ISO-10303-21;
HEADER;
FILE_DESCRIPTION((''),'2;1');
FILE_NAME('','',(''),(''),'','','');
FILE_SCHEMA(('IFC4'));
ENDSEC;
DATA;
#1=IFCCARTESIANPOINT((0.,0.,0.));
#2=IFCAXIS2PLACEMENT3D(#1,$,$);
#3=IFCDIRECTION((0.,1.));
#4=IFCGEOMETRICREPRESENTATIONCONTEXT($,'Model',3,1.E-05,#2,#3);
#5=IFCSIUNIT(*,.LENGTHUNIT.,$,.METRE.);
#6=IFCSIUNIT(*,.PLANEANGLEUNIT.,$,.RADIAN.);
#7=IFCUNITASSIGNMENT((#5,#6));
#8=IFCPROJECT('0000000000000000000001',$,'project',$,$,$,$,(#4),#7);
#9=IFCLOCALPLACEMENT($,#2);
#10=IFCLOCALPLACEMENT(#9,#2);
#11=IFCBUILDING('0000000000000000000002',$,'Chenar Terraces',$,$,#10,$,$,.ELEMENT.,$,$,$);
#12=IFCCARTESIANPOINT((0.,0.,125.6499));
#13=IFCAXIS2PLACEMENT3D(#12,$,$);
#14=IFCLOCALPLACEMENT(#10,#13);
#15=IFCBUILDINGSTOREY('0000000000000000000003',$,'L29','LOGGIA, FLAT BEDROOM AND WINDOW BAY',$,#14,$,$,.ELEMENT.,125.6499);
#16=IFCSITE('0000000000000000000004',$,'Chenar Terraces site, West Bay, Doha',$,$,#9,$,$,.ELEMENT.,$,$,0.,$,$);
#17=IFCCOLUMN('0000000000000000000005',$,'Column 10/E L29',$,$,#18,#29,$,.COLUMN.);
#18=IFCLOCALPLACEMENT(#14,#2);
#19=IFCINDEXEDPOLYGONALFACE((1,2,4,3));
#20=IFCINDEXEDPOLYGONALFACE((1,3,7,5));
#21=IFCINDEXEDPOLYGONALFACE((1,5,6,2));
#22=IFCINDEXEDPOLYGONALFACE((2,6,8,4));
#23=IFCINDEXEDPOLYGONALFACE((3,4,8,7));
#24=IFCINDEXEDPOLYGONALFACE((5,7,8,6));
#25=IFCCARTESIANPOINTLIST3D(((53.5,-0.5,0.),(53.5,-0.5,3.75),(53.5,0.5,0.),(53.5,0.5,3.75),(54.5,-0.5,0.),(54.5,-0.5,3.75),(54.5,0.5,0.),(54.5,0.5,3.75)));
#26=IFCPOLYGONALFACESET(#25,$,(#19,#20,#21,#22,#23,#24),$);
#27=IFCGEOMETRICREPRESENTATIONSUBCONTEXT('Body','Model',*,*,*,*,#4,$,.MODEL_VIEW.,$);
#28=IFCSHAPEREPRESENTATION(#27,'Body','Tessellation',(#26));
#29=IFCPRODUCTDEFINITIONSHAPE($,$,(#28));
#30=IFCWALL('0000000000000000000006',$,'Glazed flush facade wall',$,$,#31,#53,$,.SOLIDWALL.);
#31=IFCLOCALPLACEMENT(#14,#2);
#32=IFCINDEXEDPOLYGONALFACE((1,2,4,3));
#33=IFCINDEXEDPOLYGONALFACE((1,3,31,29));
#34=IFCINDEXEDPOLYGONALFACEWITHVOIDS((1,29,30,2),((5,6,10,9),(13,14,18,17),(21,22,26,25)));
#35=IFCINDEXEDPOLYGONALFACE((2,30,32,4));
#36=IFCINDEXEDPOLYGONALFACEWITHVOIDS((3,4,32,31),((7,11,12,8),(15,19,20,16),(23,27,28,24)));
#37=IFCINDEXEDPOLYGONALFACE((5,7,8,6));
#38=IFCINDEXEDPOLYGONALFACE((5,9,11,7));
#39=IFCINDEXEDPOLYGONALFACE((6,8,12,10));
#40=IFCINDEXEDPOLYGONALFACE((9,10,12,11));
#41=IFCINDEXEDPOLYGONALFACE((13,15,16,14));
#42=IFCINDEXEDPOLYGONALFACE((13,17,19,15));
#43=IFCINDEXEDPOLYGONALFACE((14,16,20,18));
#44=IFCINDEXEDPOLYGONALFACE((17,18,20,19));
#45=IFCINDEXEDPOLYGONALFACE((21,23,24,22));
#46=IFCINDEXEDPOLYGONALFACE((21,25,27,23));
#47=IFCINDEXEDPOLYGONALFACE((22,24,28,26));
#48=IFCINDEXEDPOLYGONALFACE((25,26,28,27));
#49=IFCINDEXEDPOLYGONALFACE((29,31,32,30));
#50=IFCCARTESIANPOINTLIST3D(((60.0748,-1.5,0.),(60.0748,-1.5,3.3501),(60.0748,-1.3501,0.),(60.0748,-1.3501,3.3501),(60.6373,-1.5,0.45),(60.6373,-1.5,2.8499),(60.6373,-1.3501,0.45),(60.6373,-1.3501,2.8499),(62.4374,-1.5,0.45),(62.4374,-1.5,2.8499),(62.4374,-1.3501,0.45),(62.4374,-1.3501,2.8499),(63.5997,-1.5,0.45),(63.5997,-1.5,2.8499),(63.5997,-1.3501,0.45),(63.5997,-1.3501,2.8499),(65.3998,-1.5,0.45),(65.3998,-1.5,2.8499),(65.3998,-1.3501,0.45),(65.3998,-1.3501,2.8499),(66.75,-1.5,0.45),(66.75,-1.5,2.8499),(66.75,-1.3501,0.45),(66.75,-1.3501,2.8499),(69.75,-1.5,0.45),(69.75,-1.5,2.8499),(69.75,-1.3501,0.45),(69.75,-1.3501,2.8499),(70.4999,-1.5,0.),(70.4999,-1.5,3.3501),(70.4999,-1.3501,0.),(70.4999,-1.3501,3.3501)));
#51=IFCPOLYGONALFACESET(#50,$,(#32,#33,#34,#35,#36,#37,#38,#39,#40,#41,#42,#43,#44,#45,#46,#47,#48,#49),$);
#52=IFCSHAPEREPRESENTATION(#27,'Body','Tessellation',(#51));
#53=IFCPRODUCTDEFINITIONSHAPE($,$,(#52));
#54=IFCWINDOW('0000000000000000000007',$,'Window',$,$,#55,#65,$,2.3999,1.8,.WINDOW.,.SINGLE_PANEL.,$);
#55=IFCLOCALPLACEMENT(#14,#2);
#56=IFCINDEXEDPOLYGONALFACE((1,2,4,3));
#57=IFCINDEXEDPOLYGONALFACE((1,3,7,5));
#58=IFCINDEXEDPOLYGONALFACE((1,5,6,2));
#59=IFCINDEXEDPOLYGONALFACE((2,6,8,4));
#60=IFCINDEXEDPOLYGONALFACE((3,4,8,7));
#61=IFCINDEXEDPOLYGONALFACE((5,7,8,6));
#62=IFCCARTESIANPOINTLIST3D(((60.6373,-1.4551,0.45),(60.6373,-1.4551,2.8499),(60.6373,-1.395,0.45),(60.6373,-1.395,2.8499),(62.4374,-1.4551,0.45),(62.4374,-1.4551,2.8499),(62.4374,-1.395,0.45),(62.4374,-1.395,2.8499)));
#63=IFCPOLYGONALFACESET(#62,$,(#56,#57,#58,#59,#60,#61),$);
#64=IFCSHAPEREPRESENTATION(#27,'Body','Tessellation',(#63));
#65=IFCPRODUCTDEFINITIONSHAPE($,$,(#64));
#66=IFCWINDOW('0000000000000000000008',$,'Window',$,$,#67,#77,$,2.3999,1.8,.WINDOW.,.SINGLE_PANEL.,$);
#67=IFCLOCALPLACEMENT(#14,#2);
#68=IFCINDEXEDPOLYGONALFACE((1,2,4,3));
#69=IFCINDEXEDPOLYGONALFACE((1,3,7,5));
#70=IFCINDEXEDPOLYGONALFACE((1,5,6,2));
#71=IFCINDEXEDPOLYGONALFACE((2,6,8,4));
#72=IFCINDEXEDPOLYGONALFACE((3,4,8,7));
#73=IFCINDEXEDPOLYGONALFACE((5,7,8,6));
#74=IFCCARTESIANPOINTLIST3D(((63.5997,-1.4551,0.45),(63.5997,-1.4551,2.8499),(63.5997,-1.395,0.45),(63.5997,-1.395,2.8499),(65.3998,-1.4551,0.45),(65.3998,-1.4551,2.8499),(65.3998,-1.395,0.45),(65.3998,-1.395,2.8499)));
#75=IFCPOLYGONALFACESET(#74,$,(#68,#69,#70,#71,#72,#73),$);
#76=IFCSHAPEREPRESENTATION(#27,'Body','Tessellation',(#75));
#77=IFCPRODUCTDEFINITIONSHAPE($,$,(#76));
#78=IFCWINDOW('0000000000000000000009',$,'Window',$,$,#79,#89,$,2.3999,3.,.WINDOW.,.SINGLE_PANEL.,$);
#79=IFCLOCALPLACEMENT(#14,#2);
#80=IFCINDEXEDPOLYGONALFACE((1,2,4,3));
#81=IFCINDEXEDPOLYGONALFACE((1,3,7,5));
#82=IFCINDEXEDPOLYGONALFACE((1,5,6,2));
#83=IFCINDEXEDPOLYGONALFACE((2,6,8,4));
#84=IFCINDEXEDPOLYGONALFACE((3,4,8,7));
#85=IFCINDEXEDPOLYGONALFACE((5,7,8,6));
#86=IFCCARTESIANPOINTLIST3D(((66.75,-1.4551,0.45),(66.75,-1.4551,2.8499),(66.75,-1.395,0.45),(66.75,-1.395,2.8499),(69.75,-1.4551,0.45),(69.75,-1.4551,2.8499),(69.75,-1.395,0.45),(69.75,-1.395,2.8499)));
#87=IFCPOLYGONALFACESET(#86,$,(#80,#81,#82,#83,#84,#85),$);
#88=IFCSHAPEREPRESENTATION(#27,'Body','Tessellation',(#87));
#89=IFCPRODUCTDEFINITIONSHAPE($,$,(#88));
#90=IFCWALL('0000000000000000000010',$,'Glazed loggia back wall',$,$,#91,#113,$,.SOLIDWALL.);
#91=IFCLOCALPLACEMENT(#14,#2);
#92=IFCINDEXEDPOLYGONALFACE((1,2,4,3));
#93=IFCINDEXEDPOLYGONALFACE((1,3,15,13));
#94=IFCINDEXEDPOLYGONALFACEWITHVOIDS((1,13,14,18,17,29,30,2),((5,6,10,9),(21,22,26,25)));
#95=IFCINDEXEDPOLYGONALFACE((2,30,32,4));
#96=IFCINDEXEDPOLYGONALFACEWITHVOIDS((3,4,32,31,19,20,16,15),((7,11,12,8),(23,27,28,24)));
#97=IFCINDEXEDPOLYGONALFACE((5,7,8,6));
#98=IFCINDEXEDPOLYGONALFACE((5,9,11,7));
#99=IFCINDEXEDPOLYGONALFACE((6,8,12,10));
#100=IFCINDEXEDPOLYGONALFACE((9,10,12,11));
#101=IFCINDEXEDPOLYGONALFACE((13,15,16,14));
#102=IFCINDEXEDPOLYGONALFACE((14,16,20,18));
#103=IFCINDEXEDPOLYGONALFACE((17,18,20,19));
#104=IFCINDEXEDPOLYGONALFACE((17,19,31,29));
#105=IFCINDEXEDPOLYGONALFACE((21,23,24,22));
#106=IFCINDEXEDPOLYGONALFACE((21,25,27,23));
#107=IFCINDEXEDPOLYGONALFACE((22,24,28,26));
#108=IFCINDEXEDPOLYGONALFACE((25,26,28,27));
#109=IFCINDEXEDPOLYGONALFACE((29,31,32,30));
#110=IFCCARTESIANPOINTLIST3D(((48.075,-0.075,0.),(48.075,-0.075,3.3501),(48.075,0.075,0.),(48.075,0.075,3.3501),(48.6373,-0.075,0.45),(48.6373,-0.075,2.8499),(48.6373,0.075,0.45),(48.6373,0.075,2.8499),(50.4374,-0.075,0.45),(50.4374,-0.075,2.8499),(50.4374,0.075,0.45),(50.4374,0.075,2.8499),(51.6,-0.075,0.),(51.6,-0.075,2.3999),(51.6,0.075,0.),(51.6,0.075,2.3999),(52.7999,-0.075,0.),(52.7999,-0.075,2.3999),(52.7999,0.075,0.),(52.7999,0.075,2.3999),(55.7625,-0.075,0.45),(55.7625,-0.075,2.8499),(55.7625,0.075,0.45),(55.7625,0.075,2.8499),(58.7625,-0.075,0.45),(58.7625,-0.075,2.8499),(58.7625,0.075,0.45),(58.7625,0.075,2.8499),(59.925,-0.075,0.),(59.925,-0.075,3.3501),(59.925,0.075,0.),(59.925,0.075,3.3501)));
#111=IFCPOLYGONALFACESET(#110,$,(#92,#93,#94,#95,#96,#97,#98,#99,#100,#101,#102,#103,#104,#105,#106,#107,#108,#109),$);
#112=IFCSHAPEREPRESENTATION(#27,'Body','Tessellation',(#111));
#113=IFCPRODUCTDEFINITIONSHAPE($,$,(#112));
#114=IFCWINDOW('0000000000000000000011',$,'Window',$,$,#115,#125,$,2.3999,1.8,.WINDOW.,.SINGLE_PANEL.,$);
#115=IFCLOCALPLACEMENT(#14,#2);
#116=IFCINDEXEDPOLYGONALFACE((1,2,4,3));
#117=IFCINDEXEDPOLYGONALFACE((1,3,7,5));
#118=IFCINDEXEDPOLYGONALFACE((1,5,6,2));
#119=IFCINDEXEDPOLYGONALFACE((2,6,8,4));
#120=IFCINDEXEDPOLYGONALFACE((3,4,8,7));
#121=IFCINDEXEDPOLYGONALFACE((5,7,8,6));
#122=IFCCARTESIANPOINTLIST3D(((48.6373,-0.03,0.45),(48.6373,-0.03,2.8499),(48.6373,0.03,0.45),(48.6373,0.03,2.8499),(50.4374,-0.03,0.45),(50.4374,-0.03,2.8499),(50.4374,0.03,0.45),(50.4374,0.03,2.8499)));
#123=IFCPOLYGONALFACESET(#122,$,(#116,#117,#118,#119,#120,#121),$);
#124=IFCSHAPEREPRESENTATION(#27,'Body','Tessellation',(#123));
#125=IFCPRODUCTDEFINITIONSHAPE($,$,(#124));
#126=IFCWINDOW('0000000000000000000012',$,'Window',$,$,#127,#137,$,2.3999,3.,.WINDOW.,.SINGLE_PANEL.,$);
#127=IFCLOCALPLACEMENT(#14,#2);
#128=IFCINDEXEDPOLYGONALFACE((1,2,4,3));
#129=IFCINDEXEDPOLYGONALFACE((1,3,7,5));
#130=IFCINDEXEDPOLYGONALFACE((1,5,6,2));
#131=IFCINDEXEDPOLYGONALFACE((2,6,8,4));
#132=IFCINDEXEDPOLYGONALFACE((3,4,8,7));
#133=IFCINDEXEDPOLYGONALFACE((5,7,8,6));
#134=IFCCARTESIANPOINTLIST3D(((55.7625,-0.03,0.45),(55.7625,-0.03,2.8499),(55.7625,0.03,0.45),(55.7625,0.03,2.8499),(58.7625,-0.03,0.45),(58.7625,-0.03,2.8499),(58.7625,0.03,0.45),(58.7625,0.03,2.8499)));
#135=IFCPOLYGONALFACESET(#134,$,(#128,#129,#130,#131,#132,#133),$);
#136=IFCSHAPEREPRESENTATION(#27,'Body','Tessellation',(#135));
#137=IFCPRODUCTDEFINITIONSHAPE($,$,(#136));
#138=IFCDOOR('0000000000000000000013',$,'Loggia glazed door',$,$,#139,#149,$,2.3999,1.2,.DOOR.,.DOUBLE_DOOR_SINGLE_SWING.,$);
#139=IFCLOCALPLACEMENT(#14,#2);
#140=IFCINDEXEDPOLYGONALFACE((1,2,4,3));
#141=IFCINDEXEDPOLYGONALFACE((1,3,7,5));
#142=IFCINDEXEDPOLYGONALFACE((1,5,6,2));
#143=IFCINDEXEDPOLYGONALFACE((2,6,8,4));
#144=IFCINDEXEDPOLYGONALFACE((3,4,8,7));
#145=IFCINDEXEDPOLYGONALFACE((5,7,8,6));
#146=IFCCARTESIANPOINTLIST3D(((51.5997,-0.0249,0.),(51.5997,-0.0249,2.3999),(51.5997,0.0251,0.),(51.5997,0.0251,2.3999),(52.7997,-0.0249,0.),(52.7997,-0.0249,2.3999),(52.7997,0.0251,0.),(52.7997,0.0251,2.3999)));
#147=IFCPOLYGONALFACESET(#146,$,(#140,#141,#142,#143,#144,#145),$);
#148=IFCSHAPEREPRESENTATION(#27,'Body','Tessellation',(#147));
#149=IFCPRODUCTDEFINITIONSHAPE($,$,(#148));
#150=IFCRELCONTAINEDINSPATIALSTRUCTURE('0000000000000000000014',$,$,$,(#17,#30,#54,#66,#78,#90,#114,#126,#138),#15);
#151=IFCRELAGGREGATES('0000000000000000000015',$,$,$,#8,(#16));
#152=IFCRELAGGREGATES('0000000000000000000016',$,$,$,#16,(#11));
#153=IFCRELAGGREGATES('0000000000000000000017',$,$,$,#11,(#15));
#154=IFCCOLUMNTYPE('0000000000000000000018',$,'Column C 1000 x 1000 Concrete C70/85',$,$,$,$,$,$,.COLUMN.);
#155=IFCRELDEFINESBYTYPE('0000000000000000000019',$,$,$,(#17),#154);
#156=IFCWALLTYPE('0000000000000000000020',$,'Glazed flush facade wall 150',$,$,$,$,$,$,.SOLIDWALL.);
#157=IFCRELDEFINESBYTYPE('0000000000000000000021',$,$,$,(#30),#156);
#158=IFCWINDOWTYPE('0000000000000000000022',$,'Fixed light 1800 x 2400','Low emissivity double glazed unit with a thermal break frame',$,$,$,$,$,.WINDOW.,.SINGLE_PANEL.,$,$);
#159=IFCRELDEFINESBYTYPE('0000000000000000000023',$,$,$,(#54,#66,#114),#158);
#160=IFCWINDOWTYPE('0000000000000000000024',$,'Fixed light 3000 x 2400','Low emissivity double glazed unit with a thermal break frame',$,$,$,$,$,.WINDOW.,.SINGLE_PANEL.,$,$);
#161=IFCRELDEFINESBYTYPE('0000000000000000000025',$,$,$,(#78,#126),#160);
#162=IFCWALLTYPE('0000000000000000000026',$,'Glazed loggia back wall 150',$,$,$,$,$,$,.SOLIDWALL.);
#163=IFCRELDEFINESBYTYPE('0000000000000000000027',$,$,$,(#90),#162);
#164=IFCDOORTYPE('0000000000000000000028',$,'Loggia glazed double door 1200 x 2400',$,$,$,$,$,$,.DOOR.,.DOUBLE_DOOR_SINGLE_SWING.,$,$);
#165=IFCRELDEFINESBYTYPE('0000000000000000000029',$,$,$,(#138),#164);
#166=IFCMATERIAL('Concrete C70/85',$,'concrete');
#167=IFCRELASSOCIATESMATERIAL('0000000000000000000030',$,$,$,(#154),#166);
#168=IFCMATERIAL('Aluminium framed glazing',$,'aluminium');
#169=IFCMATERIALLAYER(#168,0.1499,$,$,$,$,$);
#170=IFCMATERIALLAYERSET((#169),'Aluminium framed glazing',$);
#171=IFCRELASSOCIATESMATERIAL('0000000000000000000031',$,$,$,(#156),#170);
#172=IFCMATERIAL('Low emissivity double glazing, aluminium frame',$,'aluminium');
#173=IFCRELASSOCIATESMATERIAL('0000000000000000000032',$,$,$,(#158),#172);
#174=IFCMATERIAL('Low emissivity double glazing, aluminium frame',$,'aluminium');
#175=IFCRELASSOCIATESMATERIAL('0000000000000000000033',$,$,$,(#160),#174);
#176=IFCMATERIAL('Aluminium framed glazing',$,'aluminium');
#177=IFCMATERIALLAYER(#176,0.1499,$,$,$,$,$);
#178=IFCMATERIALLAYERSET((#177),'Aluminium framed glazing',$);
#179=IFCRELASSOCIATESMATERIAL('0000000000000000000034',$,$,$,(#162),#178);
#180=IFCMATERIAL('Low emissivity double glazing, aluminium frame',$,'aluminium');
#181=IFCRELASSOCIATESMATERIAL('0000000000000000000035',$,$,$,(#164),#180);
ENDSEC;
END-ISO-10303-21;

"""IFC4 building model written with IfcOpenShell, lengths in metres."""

from ifc_helpers import new_model, si_unit, direction, frame, frame_2d, origin, origin_2d, place, context, subcontext, project, spatial, rectangle, extrude, material, layer, layer_set, material_profile, profile_set, type_object, element, fill, save


model = new_model("IFC4")

# Units and contexts
model_context = context("Model", 3, precision=1e-05, world=origin(), true_north=direction((0.0, 1.0)))
body_context = subcontext(model_context, "Body", "Model", "MODEL_VIEW")
ifc_project = project(units=[si_unit("LENGTHUNIT", "METRE"), si_unit("PLANEANGLEUNIT", "RADIAN")], contexts=[model_context])

# Site, building, storey
site_placement = place(None, origin())
site = spatial("IfcSite", under=ifc_project, at=site_placement, Name="Chenar Terraces site, West Bay, Doha", CompositionType="ELEMENT", RefElevation=0.0)
building_placement = place(site_placement, origin())
building = spatial("IfcBuilding", under=site, at=building_placement, Name="Chenar Terraces", CompositionType="ELEMENT")
storey_placement = place(building_placement, frame((0.0, 0.0, 125.6499)))
storey = spatial("IfcBuildingStorey", under=building, at=storey_placement, Name="L29", Description="LOGGIA, FLAT BEDROOM AND WINDOW BAY", CompositionType="ELEMENT", Elevation=125.6499)

# Column
ifc_material_1 = material(Name="Concrete C70/85", Category="concrete")
ifc_material_profile = material_profile(ifc_material_1, rectangle(XDim=1.0, YDim=1.0, at=origin_2d()), Name="C 1000 x 1000")
ifc_profile_set = profile_set([ifc_material_profile], Name="Concrete C70/85")
column_type = type_object("IfcColumnType", Name="Column C 1000 x 1000 Concrete C70/85", PredefinedType="COLUMN", material=ifc_profile_set)
column_placement = place(storey_placement, frame((54.0, 0.0, 0.0), z_axis=(0.0, 0.0, 1.0), x_axis=(1.0, 0.0, 0.0)))
element("IfcColumn", 1, at=column_placement, inside=storey, type_object=column_type, Name="Column 10/E L29", PredefinedType="COLUMN", context=body_context, shape_type="SweptSolid", body=[
    extrude(rectangle(XDim=1.0, YDim=1.0, at=origin_2d()), origin(), (0.0, 0.0, 1.0), 3.75),
])

# Wall, openings, windows
ifc_material_2 = material(Name="Aluminium framed glazing", Category="aluminium")
ifc_layer_1 = layer(ifc_material_2, 0.1499)
ifc_layer_set_1 = layer_set([ifc_layer_1], Name="Aluminium framed glazing")
wall_type_1 = type_object("IfcWallType", Name="Glazed flush facade wall 150", PredefinedType="SOLIDWALL", material=ifc_layer_set_1)
wall_1_placement = place(storey_placement, frame((60.075, -1.425, 0.0), z_axis=(0.0, 0.0, 1.0), x_axis=(1.0, 0.0, 0.0)))
wall_1 = element("IfcWall", 2, at=wall_1_placement, inside=storey, type_object=wall_type_1, Name="Glazed flush facade wall", PredefinedType="SOLIDWALL", context=body_context, shape_type="SweptSolid", body=[
    extrude(rectangle(XDim=10.425, YDim=0.1499, at=frame_2d((5.2124, 0.0))), origin(), (0.0, 0.0, 1.0), 3.3501),
])
opening_1_placement = place(wall_1_placement, frame((0.5625, 0.0, 0.45)))
opening_1 = element("IfcOpeningElement", 3, at=opening_1_placement, cuts=wall_1, PredefinedType="OPENING", context=body_context, shape_type="SweptSolid", body=[
    extrude(rectangle(XDim=1.8, YDim=2.3999, at=frame_2d((0.8999, 1.2))), frame((0.0, 0.085, 0.0), z_axis=(0.0, -1.0, 0.0), x_axis=(1.0, 0.0, 0.0)), (0.0, 0.0, 1.0), 0.1699),
])
opening_2_placement = place(wall_1_placement, frame((3.5249, 0.0, 0.45)))
opening_2 = element("IfcOpeningElement", 4, at=opening_2_placement, cuts=wall_1, PredefinedType="OPENING", context=body_context, shape_type="SweptSolid", body=[
    extrude(rectangle(XDim=1.8, YDim=2.3999, at=frame_2d((0.8999, 1.2))), frame((0.0, 0.085, 0.0), z_axis=(0.0, -1.0, 0.0), x_axis=(1.0, 0.0, 0.0)), (0.0, 0.0, 1.0), 0.1699),
])
opening_3_placement = place(wall_1_placement, frame((6.675, 0.0, 0.45)))
opening_3 = element("IfcOpeningElement", 5, at=opening_3_placement, cuts=wall_1, PredefinedType="OPENING", context=body_context, shape_type="SweptSolid", body=[
    extrude(rectangle(XDim=3.0, YDim=2.3999, at=frame_2d((1.5, 1.2))), frame((0.0, 0.085, 0.0), z_axis=(0.0, -1.0, 0.0), x_axis=(1.0, 0.0, 0.0)), (0.0, 0.0, 1.0), 0.1699),
])
ifc_material_3 = material(Name="Low emissivity double glazing, aluminium frame", Category="aluminium")
window_type_1 = type_object("IfcWindowType", Name="Fixed light 1800 x 2400", Description="Low emissivity double glazed unit with a thermal break frame", PartitioningType="SINGLE_PANEL", PredefinedType="WINDOW", material=ifc_material_3)
window_1_placement = place(opening_1_placement, origin())
window_1 = element("IfcWindow", 6, at=window_1_placement, inside=storey, type_object=window_type_1, Name="Window", OverallHeight=2.3999, OverallWidth=1.8, PartitioningType="SINGLE_PANEL", PredefinedType="WINDOW", context=body_context, shape_type="SweptSolid", body=[
    extrude(rectangle(XDim=1.8, YDim=2.3999, at=frame_2d((0.8999, 1.2))), frame((0.0, 0.03, 0.0), z_axis=(0.0, -1.0, 0.0), x_axis=(1.0, 0.0, 0.0)), (0.0, 0.0, 1.0), 0.0601),
])
fill(opening_1, window_1)
window_2_placement = place(opening_2_placement, origin())
window_2 = element("IfcWindow", 7, at=window_2_placement, inside=storey, type_object=window_type_1, Name="Window", OverallHeight=2.3999, OverallWidth=1.8, PartitioningType="SINGLE_PANEL", PredefinedType="WINDOW", context=body_context, shape_type="SweptSolid", body=[
    extrude(rectangle(XDim=1.8, YDim=2.3999, at=frame_2d((0.8999, 1.2))), frame((0.0, 0.03, 0.0), z_axis=(0.0, -1.0, 0.0), x_axis=(1.0, 0.0, 0.0)), (0.0, 0.0, 1.0), 0.0601),
])
fill(opening_2, window_2)
ifc_material_4 = material(Name="Low emissivity double glazing, aluminium frame", Category="aluminium")
window_type_2 = type_object("IfcWindowType", Name="Fixed light 3000 x 2400", Description="Low emissivity double glazed unit with a thermal break frame", PartitioningType="SINGLE_PANEL", PredefinedType="WINDOW", material=ifc_material_4)
window_3_placement = place(opening_3_placement, origin())
window_3 = element("IfcWindow", 8, at=window_3_placement, inside=storey, type_object=window_type_2, Name="Window", OverallHeight=2.3999, OverallWidth=3.0, PartitioningType="SINGLE_PANEL", PredefinedType="WINDOW", context=body_context, shape_type="SweptSolid", body=[
    extrude(rectangle(XDim=3.0, YDim=2.3999, at=frame_2d((1.5, 1.2))), frame((0.0, 0.03, 0.0), z_axis=(0.0, -1.0, 0.0), x_axis=(1.0, 0.0, 0.0)), (0.0, 0.0, 1.0), 0.0601),
])
fill(opening_3, window_3)

# Wall, openings, windows, door
ifc_material_5 = material(Name="Aluminium framed glazing", Category="aluminium")
ifc_layer_2 = layer(ifc_material_5, 0.1499)
ifc_layer_set_2 = layer_set([ifc_layer_2], Name="Aluminium framed glazing")
wall_type_2 = type_object("IfcWallType", Name="Glazed loggia back wall 150", PredefinedType="SOLIDWALL", material=ifc_layer_set_2)
wall_2_placement = place(storey_placement, frame((48.075, 0.0, 0.0), z_axis=(0.0, 0.0, 1.0), x_axis=(1.0, 0.0, 0.0)))
wall_2 = element("IfcWall", 9, at=wall_2_placement, inside=storey, type_object=wall_type_2, Name="Glazed loggia back wall", PredefinedType="SOLIDWALL", context=body_context, shape_type="SweptSolid", body=[
    extrude(rectangle(XDim=11.8501, YDim=0.1499, at=frame_2d((5.925, 0.0))), origin(), (0.0, 0.0, 1.0), 3.3501),
])
opening_4_placement = place(wall_2_placement, frame((0.5625, 0.0, 0.45)))
opening_4 = element("IfcOpeningElement", 10, at=opening_4_placement, cuts=wall_2, PredefinedType="OPENING", context=body_context, shape_type="SweptSolid", body=[
    extrude(rectangle(XDim=1.8, YDim=2.3999, at=frame_2d((0.8999, 1.2))), frame((0.0, 0.085, 0.0), z_axis=(0.0, -1.0, 0.0), x_axis=(1.0, 0.0, 0.0)), (0.0, 0.0, 1.0), 0.1699),
])
opening_5_placement = place(wall_2_placement, frame((3.5249, 0.0, 0.0)))
opening_5 = element("IfcOpeningElement", 11, at=opening_5_placement, cuts=wall_2, PredefinedType="OPENING", context=body_context, shape_type="SweptSolid", body=[
    extrude(rectangle(XDim=1.2, YDim=2.3999, at=frame_2d((0.6001, 1.2))), frame((0.0, 0.085, 0.0), z_axis=(0.0, -1.0, 0.0), x_axis=(1.0, 0.0, 0.0)), (0.0, 0.0, 1.0), 0.1699),
])
opening_6_placement = place(wall_2_placement, frame((7.6875, 0.0, 0.45)))
opening_6 = element("IfcOpeningElement", 12, at=opening_6_placement, cuts=wall_2, PredefinedType="OPENING", context=body_context, shape_type="SweptSolid", body=[
    extrude(rectangle(XDim=3.0, YDim=2.3999, at=frame_2d((1.5, 1.2))), frame((0.0, 0.085, 0.0), z_axis=(0.0, -1.0, 0.0), x_axis=(1.0, 0.0, 0.0)), (0.0, 0.0, 1.0), 0.1699),
])
window_4_placement = place(opening_4_placement, origin())
window_4 = element("IfcWindow", 13, at=window_4_placement, inside=storey, type_object=window_type_1, Name="Window", OverallHeight=2.3999, OverallWidth=1.8, PartitioningType="SINGLE_PANEL", PredefinedType="WINDOW", context=body_context, shape_type="SweptSolid", body=[
    extrude(rectangle(XDim=1.8, YDim=2.3999, at=frame_2d((0.8999, 1.2))), frame((0.0, 0.03, 0.0), z_axis=(0.0, -1.0, 0.0), x_axis=(1.0, 0.0, 0.0)), (0.0, 0.0, 1.0), 0.0601),
])
fill(opening_4, window_4)
window_5_placement = place(opening_6_placement, origin())
window_5 = element("IfcWindow", 14, at=window_5_placement, inside=storey, type_object=window_type_2, Name="Window", OverallHeight=2.3999, OverallWidth=3.0, PartitioningType="SINGLE_PANEL", PredefinedType="WINDOW", context=body_context, shape_type="SweptSolid", body=[
    extrude(rectangle(XDim=3.0, YDim=2.3999, at=frame_2d((1.5, 1.2))), frame((0.0, 0.03, 0.0), z_axis=(0.0, -1.0, 0.0), x_axis=(1.0, 0.0, 0.0)), (0.0, 0.0, 1.0), 0.0601),
])
fill(opening_6, window_5)
ifc_material_6 = material(Name="Low emissivity double glazing, aluminium frame", Category="aluminium")
door_type = type_object("IfcDoorType", Name="Loggia glazed double door 1200 x 2400", OperationType="DOUBLE_DOOR_SINGLE_SWING", PredefinedType="DOOR", material=ifc_material_6)
door_placement = place(opening_5_placement, frame((1.2, 0.0, 0.0), z_axis=(0.0, 0.0, 1.0), x_axis=(-1.0, 0.0, 0.0)))
door = element("IfcDoor", 15, at=door_placement, inside=storey, type_object=door_type, Name="Loggia glazed door", OperationType="DOUBLE_DOOR_SINGLE_SWING", OverallHeight=2.3999, OverallWidth=1.2, PredefinedType="DOOR", context=body_context, shape_type="SweptSolid", body=[
    extrude(rectangle(XDim=1.2, YDim=2.3999, at=frame_2d((0.6001, 1.2))), frame((0.0, 0.0249, 0.0), z_axis=(0.0, -1.0, 0.0), x_axis=(1.0, 0.0, 0.0)), (0.0, 0.0, 1.0), 0.05),
])
fill(opening_5, door)

save(model, "model.ifc")
